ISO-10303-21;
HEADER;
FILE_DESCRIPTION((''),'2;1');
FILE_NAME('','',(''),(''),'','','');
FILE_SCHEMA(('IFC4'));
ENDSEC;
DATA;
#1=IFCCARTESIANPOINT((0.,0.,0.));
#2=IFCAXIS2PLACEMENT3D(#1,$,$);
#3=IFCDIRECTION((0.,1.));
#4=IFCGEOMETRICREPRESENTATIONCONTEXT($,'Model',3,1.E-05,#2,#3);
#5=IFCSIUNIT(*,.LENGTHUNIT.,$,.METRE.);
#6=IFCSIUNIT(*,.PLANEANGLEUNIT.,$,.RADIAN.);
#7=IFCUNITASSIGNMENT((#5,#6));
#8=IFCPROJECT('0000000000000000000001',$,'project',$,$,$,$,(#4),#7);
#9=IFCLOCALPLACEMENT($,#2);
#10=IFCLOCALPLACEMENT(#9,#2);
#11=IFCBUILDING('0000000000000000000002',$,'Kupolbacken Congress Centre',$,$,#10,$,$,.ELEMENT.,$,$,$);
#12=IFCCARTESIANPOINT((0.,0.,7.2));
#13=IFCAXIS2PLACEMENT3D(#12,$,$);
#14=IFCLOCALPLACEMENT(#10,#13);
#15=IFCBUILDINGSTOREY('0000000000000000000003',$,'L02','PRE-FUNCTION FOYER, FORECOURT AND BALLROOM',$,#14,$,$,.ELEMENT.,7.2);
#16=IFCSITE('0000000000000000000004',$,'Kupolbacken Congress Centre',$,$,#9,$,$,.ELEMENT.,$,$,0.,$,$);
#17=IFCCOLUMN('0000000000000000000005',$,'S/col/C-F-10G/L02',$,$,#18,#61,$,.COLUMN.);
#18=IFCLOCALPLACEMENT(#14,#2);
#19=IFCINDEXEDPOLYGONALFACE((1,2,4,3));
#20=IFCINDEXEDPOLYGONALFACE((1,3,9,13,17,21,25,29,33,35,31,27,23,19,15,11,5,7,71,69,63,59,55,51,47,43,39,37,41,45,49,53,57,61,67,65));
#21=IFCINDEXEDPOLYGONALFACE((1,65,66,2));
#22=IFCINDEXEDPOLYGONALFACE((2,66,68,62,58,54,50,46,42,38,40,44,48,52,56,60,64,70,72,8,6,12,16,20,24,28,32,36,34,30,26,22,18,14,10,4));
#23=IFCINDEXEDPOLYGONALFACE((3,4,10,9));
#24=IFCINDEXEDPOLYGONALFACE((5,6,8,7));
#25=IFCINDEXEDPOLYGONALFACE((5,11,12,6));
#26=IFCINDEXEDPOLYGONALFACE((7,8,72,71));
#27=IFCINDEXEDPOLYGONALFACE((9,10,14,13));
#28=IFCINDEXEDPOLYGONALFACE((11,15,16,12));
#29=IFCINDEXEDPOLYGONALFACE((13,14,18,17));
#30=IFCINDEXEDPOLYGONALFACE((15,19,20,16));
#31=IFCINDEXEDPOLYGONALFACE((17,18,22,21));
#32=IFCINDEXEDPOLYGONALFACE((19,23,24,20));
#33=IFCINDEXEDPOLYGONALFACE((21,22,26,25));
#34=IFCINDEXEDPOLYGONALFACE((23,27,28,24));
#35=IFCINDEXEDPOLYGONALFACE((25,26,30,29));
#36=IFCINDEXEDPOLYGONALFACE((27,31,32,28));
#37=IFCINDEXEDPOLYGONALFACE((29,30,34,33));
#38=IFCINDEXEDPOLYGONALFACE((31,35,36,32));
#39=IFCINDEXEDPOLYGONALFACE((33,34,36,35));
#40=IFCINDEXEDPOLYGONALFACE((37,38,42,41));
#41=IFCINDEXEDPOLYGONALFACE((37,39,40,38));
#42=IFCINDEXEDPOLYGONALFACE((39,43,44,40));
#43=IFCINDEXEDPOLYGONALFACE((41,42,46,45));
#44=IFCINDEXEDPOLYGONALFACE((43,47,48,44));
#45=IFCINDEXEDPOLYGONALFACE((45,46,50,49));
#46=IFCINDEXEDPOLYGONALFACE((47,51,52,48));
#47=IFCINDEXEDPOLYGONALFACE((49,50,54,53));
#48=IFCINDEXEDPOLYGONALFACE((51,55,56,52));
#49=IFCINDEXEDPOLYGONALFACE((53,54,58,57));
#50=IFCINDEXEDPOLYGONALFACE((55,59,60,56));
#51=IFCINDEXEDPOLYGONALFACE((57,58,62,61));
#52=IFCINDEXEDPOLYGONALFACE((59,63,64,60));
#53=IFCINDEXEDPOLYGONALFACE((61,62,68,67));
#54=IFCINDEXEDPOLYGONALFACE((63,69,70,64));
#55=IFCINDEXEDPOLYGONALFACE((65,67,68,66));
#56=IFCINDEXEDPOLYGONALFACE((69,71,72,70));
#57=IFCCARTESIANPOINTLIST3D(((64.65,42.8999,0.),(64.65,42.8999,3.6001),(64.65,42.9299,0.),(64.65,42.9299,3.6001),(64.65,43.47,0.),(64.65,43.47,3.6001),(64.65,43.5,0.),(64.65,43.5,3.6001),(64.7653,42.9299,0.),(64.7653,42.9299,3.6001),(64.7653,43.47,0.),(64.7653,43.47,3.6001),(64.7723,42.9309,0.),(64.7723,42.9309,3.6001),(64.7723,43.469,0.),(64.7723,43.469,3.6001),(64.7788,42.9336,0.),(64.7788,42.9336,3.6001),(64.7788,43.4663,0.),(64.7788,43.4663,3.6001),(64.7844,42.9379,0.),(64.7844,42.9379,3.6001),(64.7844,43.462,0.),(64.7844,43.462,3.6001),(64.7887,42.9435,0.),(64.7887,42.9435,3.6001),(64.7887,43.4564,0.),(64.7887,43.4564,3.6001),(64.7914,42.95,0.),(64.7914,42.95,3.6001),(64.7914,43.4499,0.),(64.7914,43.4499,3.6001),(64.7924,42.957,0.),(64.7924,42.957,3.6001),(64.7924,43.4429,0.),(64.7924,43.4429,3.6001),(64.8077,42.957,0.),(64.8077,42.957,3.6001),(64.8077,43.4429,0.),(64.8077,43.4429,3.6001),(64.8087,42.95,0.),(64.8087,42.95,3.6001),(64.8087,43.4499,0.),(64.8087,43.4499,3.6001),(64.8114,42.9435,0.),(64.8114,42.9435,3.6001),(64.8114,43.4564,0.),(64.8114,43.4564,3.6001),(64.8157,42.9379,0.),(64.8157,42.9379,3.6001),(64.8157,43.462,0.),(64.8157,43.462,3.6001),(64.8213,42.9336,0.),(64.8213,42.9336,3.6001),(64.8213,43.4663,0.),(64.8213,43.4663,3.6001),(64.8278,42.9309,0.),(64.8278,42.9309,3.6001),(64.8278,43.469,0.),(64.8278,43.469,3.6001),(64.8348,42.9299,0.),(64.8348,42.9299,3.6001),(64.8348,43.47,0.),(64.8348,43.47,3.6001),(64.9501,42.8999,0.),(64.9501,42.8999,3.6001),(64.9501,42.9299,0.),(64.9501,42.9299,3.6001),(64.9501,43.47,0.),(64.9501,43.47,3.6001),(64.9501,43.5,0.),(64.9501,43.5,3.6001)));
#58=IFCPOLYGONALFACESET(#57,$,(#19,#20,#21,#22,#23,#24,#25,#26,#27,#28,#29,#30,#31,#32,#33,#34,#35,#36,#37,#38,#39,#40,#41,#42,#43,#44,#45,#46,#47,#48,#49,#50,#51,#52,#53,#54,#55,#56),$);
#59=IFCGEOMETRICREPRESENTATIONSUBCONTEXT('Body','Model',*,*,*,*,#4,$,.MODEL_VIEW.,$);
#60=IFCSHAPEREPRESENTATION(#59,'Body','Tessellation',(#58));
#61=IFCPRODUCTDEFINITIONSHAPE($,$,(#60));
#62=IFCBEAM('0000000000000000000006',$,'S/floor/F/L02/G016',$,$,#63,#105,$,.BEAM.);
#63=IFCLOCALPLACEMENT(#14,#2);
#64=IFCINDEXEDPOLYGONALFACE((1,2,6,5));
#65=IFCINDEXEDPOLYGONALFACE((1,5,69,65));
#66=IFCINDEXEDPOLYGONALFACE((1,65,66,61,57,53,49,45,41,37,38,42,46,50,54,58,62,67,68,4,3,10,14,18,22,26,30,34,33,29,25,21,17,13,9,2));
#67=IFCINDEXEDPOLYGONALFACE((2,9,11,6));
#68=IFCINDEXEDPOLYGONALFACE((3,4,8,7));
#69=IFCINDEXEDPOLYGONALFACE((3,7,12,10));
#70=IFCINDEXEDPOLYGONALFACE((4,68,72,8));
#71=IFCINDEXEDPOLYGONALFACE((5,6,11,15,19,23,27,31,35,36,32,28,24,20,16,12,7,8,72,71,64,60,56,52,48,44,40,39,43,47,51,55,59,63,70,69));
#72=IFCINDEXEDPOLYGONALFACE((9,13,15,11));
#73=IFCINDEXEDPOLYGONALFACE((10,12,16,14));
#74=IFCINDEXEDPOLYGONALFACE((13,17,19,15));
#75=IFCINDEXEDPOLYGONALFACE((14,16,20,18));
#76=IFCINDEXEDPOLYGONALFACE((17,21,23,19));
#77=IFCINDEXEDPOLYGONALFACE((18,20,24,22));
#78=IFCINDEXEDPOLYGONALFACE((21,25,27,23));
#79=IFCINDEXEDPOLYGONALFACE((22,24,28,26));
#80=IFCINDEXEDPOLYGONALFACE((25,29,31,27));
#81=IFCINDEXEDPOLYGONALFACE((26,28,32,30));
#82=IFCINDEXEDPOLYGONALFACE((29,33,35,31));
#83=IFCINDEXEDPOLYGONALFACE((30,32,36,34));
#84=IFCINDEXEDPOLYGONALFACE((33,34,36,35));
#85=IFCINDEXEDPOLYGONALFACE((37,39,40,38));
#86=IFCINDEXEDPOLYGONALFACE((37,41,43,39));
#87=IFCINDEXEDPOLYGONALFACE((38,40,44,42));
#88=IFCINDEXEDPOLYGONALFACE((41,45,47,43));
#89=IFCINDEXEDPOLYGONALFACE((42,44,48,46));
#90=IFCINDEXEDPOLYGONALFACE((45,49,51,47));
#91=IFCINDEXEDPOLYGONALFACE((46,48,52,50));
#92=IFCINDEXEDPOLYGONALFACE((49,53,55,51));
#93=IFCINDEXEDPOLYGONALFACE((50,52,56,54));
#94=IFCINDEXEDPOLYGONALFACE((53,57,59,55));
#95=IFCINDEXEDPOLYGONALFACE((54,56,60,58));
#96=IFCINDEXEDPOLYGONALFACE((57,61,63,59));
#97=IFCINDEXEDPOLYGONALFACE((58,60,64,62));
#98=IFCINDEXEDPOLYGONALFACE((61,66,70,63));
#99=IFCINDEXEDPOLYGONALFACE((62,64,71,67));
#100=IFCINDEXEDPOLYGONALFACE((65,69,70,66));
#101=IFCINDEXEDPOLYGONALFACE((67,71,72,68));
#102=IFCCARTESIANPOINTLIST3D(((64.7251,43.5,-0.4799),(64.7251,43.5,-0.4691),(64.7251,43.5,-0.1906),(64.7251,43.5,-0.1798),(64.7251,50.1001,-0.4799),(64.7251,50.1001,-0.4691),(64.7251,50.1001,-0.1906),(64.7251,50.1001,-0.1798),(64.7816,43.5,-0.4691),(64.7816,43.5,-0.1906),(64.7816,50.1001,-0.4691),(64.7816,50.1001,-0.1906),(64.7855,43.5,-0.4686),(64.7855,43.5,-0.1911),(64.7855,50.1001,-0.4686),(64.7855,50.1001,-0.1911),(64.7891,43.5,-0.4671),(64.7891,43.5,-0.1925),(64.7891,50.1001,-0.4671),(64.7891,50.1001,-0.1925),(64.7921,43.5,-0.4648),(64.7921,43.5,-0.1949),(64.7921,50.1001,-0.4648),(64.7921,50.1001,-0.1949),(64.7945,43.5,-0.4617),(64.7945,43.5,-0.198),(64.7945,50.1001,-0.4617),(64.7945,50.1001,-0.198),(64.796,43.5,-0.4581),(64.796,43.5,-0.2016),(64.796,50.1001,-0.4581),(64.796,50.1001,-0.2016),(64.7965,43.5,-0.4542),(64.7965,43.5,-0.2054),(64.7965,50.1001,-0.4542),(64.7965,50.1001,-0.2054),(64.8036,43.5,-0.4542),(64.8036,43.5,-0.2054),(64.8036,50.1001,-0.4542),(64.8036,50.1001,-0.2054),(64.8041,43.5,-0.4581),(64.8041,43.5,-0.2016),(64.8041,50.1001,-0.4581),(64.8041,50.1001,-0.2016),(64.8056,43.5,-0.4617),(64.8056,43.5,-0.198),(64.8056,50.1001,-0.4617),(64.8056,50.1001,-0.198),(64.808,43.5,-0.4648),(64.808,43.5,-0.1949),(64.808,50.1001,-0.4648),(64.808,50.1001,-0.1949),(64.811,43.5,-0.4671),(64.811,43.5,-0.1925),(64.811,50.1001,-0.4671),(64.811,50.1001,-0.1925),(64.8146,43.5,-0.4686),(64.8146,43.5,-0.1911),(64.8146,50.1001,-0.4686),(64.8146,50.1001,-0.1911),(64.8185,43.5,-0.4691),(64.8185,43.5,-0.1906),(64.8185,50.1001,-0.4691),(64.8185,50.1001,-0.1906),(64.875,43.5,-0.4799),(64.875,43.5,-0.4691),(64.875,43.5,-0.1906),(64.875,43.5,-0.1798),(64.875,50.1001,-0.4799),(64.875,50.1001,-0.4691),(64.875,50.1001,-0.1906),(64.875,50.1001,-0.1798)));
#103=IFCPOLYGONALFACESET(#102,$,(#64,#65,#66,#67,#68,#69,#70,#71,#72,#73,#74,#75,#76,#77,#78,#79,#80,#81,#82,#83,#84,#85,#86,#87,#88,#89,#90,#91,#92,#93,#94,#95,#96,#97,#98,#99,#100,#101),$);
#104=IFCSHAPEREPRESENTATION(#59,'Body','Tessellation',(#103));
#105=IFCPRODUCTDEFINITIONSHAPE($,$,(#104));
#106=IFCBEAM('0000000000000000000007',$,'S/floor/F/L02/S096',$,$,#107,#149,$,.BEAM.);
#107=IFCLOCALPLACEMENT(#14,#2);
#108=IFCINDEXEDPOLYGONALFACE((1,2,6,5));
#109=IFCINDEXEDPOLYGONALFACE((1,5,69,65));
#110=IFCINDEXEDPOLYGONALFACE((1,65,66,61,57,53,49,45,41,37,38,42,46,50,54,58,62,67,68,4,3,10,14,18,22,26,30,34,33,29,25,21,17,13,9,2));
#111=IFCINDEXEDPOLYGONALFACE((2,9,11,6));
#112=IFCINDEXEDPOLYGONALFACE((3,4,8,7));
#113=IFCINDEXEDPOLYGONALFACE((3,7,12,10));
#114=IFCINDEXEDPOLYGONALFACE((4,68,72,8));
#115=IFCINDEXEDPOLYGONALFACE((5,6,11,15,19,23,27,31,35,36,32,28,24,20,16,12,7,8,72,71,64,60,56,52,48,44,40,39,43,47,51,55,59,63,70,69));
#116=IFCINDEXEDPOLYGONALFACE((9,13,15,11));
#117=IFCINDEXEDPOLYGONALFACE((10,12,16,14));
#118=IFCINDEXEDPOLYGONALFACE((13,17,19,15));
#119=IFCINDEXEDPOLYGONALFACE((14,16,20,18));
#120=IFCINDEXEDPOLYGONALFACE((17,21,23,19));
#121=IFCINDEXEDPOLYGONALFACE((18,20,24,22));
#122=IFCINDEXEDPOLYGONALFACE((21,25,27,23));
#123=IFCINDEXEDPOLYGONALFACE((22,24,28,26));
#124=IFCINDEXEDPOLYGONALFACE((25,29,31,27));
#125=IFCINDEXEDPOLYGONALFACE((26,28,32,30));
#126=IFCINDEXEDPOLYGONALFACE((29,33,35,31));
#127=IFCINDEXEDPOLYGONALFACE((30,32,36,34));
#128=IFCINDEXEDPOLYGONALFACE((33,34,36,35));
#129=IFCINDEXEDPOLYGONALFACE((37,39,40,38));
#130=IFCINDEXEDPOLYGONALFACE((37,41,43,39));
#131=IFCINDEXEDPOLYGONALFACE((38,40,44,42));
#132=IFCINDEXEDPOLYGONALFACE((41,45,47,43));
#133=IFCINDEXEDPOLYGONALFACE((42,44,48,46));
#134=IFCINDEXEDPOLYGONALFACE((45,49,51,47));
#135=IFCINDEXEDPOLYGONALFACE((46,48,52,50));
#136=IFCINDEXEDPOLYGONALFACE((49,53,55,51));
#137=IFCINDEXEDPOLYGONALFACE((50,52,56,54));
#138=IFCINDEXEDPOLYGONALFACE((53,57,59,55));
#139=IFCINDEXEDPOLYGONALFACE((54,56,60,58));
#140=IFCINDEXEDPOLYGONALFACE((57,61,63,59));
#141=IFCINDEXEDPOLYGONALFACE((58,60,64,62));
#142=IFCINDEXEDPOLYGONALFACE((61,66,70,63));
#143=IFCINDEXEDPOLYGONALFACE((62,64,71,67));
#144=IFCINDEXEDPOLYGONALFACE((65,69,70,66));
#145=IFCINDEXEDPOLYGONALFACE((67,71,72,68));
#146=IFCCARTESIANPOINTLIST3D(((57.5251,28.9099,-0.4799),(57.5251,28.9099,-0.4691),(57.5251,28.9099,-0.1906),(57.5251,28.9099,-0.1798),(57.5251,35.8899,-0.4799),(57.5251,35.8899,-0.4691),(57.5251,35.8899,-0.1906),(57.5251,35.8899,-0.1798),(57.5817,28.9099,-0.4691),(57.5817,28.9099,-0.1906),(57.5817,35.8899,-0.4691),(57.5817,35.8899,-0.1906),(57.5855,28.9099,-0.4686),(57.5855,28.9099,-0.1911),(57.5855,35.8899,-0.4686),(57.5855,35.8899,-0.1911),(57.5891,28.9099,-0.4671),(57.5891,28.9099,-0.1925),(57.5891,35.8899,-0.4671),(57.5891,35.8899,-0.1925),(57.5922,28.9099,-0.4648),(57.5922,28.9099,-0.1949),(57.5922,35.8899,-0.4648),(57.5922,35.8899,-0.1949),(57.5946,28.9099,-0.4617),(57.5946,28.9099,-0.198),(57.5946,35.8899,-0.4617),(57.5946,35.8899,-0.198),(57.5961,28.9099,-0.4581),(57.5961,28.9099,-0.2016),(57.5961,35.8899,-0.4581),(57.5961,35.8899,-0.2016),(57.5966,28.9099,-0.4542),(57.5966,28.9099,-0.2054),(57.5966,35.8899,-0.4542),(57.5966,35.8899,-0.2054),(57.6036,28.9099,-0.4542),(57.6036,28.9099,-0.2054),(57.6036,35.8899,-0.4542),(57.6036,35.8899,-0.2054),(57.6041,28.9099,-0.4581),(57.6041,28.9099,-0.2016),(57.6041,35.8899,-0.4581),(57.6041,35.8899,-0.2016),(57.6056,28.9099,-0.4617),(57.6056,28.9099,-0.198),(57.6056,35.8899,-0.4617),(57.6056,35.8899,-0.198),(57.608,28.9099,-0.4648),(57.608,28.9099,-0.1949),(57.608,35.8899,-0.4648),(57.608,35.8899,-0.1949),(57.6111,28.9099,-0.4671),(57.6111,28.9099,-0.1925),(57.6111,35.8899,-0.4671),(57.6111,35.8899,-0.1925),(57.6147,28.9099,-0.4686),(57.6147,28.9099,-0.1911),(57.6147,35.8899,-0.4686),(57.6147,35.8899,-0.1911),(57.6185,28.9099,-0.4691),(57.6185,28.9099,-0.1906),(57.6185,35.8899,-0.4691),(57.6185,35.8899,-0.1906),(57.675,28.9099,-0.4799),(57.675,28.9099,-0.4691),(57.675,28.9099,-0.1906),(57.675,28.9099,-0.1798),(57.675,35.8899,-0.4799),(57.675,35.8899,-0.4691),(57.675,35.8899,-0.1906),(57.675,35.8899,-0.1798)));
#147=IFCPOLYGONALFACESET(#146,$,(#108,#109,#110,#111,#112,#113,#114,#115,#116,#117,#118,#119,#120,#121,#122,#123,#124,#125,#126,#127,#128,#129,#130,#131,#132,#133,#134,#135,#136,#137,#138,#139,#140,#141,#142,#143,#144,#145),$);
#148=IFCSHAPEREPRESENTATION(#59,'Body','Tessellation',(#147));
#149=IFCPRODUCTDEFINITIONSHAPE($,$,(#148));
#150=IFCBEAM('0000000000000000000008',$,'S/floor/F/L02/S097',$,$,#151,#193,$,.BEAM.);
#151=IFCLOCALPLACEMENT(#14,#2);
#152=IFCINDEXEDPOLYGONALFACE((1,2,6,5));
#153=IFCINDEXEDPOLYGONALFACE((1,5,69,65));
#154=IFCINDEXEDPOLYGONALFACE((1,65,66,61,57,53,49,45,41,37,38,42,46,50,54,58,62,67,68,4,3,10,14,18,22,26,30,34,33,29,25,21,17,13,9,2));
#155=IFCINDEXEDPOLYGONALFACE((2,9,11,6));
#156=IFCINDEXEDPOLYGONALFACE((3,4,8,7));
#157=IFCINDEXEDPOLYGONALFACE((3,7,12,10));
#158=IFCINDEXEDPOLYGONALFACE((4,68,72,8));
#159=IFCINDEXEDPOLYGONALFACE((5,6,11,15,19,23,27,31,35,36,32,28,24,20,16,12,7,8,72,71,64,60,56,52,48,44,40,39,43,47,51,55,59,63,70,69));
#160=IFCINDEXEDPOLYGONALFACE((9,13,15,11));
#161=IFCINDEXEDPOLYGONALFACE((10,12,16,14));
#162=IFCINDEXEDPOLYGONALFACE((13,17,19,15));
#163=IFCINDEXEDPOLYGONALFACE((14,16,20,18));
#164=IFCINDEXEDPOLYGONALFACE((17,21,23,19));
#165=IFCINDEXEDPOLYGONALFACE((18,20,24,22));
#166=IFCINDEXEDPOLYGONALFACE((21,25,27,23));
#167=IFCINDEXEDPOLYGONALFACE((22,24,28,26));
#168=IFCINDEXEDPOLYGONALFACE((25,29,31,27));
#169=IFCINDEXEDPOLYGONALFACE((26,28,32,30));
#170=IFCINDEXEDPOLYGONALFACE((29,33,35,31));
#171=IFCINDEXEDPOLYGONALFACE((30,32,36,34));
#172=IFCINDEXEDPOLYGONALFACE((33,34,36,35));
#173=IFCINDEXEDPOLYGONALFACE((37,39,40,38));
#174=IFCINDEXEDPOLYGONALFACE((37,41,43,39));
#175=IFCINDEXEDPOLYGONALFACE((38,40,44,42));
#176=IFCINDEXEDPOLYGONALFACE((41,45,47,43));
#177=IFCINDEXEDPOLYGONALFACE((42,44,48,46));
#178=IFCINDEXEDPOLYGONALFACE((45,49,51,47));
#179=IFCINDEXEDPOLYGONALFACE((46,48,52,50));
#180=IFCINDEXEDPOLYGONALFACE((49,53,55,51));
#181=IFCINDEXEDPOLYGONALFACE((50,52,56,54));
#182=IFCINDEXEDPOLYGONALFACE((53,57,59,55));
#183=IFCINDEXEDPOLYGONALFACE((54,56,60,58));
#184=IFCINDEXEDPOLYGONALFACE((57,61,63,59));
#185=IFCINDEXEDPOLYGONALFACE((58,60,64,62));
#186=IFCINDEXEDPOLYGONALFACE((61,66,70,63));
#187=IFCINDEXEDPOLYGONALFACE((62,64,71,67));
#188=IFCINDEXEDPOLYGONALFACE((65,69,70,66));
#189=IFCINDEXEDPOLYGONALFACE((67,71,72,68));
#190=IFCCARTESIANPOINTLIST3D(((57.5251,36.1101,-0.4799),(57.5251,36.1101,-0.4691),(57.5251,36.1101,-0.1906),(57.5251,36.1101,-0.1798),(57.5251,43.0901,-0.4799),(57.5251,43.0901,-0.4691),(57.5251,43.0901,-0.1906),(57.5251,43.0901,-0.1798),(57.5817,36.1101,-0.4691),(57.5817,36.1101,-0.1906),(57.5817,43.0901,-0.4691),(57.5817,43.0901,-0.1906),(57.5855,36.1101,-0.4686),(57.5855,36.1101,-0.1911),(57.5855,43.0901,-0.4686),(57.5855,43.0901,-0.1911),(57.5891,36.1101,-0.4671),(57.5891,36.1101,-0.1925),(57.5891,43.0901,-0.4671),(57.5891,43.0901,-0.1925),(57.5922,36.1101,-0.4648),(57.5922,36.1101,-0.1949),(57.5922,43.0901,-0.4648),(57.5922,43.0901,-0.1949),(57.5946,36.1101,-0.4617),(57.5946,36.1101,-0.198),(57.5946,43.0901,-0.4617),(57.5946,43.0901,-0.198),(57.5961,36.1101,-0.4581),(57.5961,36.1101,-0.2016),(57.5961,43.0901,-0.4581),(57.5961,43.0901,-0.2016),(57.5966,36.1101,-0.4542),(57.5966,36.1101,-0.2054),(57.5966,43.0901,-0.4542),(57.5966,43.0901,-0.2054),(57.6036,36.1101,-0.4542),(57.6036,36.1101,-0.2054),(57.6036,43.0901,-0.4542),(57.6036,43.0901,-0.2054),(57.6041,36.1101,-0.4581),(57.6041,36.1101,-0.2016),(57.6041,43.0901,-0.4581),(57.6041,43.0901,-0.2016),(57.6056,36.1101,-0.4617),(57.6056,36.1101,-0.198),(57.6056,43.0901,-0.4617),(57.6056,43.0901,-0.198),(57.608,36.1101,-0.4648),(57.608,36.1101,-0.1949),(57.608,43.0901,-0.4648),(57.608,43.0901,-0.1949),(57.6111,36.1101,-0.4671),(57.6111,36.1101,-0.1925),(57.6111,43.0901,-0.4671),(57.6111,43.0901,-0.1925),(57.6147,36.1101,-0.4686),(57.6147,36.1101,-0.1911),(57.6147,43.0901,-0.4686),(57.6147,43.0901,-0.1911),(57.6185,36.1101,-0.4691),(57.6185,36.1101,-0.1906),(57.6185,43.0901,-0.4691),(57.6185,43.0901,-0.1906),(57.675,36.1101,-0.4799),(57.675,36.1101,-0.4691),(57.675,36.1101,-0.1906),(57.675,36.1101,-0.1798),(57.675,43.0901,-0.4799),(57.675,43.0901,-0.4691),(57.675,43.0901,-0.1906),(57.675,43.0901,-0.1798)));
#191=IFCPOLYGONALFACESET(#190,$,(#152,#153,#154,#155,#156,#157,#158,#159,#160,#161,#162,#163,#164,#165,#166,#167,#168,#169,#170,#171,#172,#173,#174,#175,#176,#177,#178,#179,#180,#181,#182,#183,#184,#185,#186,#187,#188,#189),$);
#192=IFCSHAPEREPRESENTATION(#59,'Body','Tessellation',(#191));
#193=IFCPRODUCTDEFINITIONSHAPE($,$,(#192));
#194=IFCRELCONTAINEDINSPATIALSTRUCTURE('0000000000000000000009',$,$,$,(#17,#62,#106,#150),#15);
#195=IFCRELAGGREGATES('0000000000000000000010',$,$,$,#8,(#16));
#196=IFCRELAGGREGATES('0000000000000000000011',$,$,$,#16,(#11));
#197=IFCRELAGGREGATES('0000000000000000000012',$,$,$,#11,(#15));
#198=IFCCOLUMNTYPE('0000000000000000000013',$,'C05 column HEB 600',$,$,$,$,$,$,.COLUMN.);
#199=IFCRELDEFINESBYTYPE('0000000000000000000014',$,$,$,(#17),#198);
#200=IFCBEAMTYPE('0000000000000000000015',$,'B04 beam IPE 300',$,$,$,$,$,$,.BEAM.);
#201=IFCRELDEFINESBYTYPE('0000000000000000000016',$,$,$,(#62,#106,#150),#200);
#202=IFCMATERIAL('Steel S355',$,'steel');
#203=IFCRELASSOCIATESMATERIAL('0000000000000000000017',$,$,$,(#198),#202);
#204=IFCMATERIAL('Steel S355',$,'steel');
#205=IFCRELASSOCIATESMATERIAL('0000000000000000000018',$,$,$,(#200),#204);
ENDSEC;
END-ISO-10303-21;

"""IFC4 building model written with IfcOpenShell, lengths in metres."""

from ifc_helpers import new_model, si_unit, direction, frame, origin, origin_2d, place, context, subcontext, project, spatial, i_section, extrude, material, material_profile, profile_set, type_object, element, save


model = new_model("IFC4")

# Units and contexts
model_context = context("Model", 3, precision=1e-05, world=origin(), true_north=direction((0.0, 1.0)))
body_context = subcontext(model_context, "Body", "Model", "MODEL_VIEW")
ifc_project = project(units=[si_unit("LENGTHUNIT", "METRE"), si_unit("PLANEANGLEUNIT", "RADIAN")], contexts=[model_context])

# Site, building, storey
site_placement = place(None, origin())
site = spatial("IfcSite", under=ifc_project, at=site_placement, Name="Kupolbacken Congress Centre", CompositionType="ELEMENT", RefElevation=0.0)
building_placement = place(site_placement, origin())
building = spatial("IfcBuilding", under=site, at=building_placement, Name="Kupolbacken Congress Centre", CompositionType="ELEMENT")
storey_placement = place(building_placement, frame((0.0, 0.0, 7.2)))
storey = spatial("IfcBuildingStorey", under=building, at=storey_placement, Name="L02", Description="PRE-FUNCTION FOYER, FORECOURT AND BALLROOM", CompositionType="ELEMENT", Elevation=7.2)

# Column
ifc_material_1 = material(Name="Steel S355", Category="steel")
ifc_material_profile_1 = material_profile(ifc_material_1, i_section(OverallWidth=0.3, OverallDepth=0.6001, WebThickness=0.0154, FlangeThickness=0.03, FilletRadius=0.0271, at=origin_2d()), Name="HEB 600")
ifc_profile_set_1 = profile_set([ifc_material_profile_1], Name="Steel S355")
column_type = type_object("IfcColumnType", Name="C05 column HEB 600", PredefinedType="COLUMN", material=ifc_profile_set_1)
column_placement = place(storey_placement, frame((64.8, 43.2, 0.0), z_axis=(0.0, 0.0, 1.0), x_axis=(1.0, 0.0, 0.0)))
element("IfcColumn", 1, at=column_placement, inside=storey, type_object=column_type, Name="S/col/C-F-10G/L02", PredefinedType="COLUMN", context=body_context, shape_type="SweptSolid", body=[
    extrude(i_section(OverallWidth=0.3, OverallDepth=0.6001, WebThickness=0.0154, FlangeThickness=0.03, FilletRadius=0.0271, at=origin_2d()), origin(), (0.0, 0.0, 1.0), 3.6001),
])

# Beams
ifc_material_2 = material(Name="Steel S355", Category="steel")
ifc_material_profile_2 = material_profile(ifc_material_2, i_section(OverallWidth=0.1499, OverallDepth=0.3, WebThickness=0.0071, FlangeThickness=0.0107, FilletRadius=0.0149, at=origin_2d()), Name="IPE 300")
ifc_profile_set_2 = profile_set([ifc_material_profile_2], Name="Steel S355")
beam_type_1 = type_object("IfcBeamType", Name="B04 beam IPE 300", PredefinedType="BEAM", material=ifc_profile_set_2)
beam_1_placement = place(storey_placement, frame((64.8, 43.5, -0.3298), z_axis=(0.0, 1.0, 0.0), x_axis=(-1.0, 0.0, 0.0)))
element("IfcBeam", 2, at=beam_1_placement, inside=storey, type_object=beam_type_1, Name="S/floor/F/L02/G016", PredefinedType="BEAM", context=body_context, shape_type="SweptSolid", body=[
    extrude(i_section(OverallWidth=0.1499, OverallDepth=0.3, WebThickness=0.0071, FlangeThickness=0.0107, FilletRadius=0.0149, at=origin_2d()), origin(), (0.0, 0.0, 1.0), 6.6001),
])
for number, where, z_axis, x_axis, name in (
    (3, (57.6001, 28.9099, -0.3298), (0.0, 1.0, 0.0), (-1.0, 0.0, 0.0), "S/floor/F/L02/S096"),
    (4, (57.6001, 36.1101, -0.3298), (0.0, 1.0, 0.0), (-1.0, 0.0, 0.0), "S/floor/F/L02/S097"),
):
    element("IfcBeam", number, at=place(storey_placement, frame(where, z_axis=z_axis, x_axis=x_axis)), inside=storey, type_object=beam_type_1, Name=name, PredefinedType="BEAM", context=body_context, shape_type="SweptSolid", body=[
        extrude(i_section(OverallWidth=0.1499, OverallDepth=0.3, WebThickness=0.0071, FlangeThickness=0.0107, FilletRadius=0.0149, at=origin_2d()), origin(), (0.0, 0.0, 1.0), 6.98),
    ])

save(model, "model.ifc")
